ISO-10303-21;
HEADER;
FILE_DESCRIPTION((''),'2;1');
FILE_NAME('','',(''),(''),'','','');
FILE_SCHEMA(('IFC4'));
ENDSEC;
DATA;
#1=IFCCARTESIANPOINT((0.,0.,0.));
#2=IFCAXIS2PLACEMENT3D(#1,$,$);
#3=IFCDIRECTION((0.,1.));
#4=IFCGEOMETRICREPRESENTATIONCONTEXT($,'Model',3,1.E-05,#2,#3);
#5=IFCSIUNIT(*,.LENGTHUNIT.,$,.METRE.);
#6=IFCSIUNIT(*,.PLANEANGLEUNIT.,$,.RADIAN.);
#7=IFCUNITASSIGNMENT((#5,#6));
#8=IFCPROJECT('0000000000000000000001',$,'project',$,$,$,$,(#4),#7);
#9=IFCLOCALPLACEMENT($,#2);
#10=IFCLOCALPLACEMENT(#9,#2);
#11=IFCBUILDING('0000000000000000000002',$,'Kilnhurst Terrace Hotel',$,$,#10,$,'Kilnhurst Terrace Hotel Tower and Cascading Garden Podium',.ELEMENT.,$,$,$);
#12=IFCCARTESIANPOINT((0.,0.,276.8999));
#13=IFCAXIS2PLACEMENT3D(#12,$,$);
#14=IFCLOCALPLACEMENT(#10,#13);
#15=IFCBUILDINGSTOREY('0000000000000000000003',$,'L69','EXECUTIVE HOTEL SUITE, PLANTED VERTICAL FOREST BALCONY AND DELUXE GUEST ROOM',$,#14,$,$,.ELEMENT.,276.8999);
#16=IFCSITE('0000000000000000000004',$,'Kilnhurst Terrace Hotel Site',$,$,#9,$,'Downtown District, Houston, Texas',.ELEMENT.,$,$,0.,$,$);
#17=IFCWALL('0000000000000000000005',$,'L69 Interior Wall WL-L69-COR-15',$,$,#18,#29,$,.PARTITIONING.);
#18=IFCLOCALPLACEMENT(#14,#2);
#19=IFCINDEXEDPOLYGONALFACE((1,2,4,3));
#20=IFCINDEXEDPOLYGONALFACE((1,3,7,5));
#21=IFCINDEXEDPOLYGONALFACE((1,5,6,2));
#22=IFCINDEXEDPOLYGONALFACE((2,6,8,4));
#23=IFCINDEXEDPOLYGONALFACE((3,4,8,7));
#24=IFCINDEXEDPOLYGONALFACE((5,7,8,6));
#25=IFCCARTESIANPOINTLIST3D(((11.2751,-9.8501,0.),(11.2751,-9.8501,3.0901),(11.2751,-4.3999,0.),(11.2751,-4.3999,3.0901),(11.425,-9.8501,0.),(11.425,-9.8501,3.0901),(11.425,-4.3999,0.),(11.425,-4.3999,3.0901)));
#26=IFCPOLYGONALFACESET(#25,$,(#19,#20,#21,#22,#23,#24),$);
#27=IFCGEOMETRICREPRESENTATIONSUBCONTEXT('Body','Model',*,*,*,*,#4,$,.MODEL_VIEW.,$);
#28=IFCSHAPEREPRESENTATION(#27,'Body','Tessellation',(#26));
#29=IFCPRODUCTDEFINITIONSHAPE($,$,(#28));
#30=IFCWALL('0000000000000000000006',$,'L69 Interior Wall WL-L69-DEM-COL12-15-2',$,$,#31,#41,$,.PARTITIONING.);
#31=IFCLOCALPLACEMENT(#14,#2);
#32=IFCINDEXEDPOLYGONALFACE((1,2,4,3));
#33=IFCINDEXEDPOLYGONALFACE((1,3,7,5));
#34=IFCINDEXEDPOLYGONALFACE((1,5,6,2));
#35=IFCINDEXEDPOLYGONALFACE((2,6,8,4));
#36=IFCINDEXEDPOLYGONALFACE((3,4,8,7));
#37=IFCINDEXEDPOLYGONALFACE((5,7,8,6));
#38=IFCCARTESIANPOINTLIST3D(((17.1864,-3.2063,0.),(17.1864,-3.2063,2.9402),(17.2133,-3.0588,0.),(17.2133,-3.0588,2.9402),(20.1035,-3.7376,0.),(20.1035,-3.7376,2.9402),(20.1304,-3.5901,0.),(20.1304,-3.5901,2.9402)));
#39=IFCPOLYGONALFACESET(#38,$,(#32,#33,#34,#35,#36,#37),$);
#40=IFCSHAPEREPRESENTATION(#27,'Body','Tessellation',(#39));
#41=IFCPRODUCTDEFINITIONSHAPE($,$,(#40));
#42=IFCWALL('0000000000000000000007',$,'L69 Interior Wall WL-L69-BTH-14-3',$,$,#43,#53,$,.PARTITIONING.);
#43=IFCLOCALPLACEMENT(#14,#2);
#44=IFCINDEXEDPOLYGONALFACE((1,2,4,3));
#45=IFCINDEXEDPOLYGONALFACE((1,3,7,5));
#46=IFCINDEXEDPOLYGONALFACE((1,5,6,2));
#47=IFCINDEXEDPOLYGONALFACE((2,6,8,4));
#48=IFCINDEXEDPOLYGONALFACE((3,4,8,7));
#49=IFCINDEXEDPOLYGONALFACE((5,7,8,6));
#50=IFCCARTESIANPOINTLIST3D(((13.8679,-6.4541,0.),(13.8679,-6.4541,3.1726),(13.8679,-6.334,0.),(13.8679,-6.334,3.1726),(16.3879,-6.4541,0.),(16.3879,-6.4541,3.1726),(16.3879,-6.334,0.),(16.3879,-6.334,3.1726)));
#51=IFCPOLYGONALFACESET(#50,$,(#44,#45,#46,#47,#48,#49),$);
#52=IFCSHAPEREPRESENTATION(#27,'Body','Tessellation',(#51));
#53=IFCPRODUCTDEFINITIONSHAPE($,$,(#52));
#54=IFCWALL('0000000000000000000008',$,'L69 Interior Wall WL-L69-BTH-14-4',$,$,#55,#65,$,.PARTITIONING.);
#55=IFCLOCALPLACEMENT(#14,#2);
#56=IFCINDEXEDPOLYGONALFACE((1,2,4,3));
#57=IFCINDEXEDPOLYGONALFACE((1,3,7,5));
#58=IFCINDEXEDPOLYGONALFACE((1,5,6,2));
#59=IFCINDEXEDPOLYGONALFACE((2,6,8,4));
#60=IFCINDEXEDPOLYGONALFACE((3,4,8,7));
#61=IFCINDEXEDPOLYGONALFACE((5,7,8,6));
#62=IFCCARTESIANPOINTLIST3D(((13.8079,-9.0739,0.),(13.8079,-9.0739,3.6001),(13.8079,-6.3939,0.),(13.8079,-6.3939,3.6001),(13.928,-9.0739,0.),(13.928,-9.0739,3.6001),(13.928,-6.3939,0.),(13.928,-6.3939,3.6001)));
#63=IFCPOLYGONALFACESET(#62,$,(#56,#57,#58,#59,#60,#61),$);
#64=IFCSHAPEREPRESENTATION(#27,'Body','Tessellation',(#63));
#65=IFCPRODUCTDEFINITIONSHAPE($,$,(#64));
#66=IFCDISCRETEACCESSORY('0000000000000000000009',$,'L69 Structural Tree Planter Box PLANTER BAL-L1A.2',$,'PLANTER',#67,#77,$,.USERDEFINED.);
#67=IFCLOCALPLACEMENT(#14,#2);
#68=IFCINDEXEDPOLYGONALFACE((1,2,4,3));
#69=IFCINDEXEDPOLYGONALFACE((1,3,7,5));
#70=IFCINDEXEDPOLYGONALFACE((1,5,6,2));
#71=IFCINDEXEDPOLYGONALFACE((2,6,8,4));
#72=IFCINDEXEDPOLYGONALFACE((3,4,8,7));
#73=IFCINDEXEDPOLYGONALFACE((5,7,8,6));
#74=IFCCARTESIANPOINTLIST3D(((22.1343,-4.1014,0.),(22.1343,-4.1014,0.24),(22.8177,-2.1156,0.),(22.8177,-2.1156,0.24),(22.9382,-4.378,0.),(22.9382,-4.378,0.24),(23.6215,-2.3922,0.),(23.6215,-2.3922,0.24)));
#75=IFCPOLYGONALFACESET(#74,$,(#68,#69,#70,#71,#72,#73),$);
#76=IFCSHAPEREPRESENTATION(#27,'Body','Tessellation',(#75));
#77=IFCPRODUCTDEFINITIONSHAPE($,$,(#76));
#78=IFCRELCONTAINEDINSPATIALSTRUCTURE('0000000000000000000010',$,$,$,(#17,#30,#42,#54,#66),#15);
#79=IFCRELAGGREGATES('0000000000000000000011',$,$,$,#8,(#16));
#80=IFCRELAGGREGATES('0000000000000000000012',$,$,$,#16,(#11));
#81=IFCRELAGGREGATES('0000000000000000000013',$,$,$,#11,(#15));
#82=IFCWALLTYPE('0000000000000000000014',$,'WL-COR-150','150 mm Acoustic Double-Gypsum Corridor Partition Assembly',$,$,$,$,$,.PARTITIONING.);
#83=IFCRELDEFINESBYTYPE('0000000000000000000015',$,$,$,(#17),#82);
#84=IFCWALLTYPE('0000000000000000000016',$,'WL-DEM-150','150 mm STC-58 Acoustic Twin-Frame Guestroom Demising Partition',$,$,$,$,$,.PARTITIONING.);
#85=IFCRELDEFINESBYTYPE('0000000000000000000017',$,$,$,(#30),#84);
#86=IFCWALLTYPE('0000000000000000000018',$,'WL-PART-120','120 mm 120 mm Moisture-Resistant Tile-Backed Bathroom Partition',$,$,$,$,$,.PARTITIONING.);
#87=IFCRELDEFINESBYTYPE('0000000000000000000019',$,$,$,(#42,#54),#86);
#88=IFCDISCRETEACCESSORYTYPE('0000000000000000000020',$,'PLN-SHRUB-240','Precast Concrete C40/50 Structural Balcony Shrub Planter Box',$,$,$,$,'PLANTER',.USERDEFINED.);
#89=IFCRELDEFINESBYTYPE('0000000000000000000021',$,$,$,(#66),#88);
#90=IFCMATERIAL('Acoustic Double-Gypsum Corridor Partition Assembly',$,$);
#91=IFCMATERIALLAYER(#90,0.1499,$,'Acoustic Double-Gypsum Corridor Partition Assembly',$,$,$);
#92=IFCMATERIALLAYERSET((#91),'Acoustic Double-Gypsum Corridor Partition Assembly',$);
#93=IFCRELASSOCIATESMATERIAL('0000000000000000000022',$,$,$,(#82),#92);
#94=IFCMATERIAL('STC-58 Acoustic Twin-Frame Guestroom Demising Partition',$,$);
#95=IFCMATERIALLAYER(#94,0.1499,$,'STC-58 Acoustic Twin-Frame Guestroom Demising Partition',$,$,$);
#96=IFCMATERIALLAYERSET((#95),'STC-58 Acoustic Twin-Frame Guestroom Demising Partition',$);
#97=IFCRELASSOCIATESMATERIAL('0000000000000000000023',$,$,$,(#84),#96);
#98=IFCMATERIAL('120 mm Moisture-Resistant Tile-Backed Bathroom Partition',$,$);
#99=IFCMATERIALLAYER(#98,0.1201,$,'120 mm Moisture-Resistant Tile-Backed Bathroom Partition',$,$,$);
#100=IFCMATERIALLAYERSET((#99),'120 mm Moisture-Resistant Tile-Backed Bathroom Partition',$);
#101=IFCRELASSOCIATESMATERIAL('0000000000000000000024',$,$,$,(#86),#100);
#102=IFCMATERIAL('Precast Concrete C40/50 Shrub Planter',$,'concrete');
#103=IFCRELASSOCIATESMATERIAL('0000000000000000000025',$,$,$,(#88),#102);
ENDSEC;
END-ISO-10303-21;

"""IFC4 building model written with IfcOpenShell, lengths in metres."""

from ifc_helpers import new_model, si_unit, direction, frame, frame_2d, origin, origin_2d, place, context, subcontext, project, spatial, rectangle, extrude, material, layer, layer_set, type_object, element, save


model = new_model("IFC4")

# Units and contexts
model_context = context("Model", 3, precision=1e-05, world=origin(), true_north=direction((0.0, 1.0)))
body_context = subcontext(model_context, "Body", "Model", "MODEL_VIEW")
ifc_project = project(units=[si_unit("LENGTHUNIT", "METRE"), si_unit("PLANEANGLEUNIT", "RADIAN")], contexts=[model_context])

# Site, building, storey
site_placement = place(None, origin())
site = spatial("IfcSite", under=ifc_project, at=site_placement, Name="Kilnhurst Terrace Hotel Site", LongName="Downtown District, Houston, Texas", CompositionType="ELEMENT", RefElevation=0.0)
building_placement = place(site_placement, origin())
building = spatial("IfcBuilding", under=site, at=building_placement, Name="Kilnhurst Terrace Hotel", LongName="Kilnhurst Terrace Hotel Tower and Cascading Garden Podium", CompositionType="ELEMENT")
storey_placement = place(building_placement, frame((0.0, 0.0, 276.8999)))
storey = spatial("IfcBuildingStorey", under=building, at=storey_placement, Name="L69", Description="EXECUTIVE HOTEL SUITE, PLANTED VERTICAL FOREST BALCONY AND DELUXE GUEST ROOM", CompositionType="ELEMENT", Elevation=276.8999)

# Shared definitions
ifc_material_1 = material(Name="Acoustic Double-Gypsum Corridor Partition Assembly")
ifc_layer_1 = layer(ifc_material_1, 0.1499, Name="Acoustic Double-Gypsum Corridor Partition Assembly")
ifc_layer_set_1 = layer_set([ifc_layer_1], Name="Acoustic Double-Gypsum Corridor Partition Assembly")
wall_type_1 = type_object("IfcWallType", Name="WL-COR-150", Description="150 mm Acoustic Double-Gypsum Corridor Partition Assembly", PredefinedType="PARTITIONING", material=ifc_layer_set_1)

# Wall
wall_1_placement = place(storey_placement, frame((11.3501, -4.3999, 0.0), z_axis=(0.0, 0.0, 1.0), x_axis=(0.0, -1.0, 0.0)))
element("IfcWall", 1, at=wall_1_placement, inside=storey, type_object=wall_type_1, Name="L69 Interior Wall WL-L69-COR-15", PredefinedType="PARTITIONING", context=body_context, shape_type="SweptSolid", body=[
    extrude(rectangle(XDim=5.4502, YDim=0.1499, at=frame_2d((2.7251, 0.0))), origin(), (0.0, 0.0, 1.0), 3.0901),
])

# Walls
ifc_material_2 = material(Name="STC-58 Acoustic Twin-Frame Guestroom Demising Partition")
ifc_layer_2 = layer(ifc_material_2, 0.1499, Name="STC-58 Acoustic Twin-Frame Guestroom Demising Partition")
ifc_layer_set_2 = layer_set([ifc_layer_2], Name="STC-58 Acoustic Twin-Frame Guestroom Demising Partition")
wall_type_2 = type_object("IfcWallType", Name="WL-DEM-150", Description="150 mm STC-58 Acoustic Twin-Frame Guestroom Demising Partition", PredefinedType="PARTITIONING", material=ifc_layer_set_2)
wall_2_placement = place(storey_placement, frame((17.2, -3.1326, 0.0), z_axis=(0.0, 0.0, 1.0), x_axis=(0.983817, -0.179175, 0.0)))
element("IfcWall", 2, at=wall_2_placement, inside=storey, type_object=wall_type_2, Name="L69 Interior Wall WL-L69-DEM-COL12-15-2", PredefinedType="PARTITIONING", context=body_context, shape_type="SweptSolid", body=[
    extrude(rectangle(XDim=2.9651, YDim=0.1499, at=frame_2d((1.4824, 0.0))), origin(), (0.0, 0.0, 1.0), 2.9402),
])
ifc_material_3 = material(Name="120 mm Moisture-Resistant Tile-Backed Bathroom Partition")
ifc_layer_3 = layer(ifc_material_3, 0.1201, Name="120 mm Moisture-Resistant Tile-Backed Bathroom Partition")
ifc_layer_set_3 = layer_set([ifc_layer_3], Name="120 mm Moisture-Resistant Tile-Backed Bathroom Partition")
wall_type_3 = type_object("IfcWallType", Name="WL-PART-120", Description="120 mm 120 mm Moisture-Resistant Tile-Backed Bathroom Partition", PredefinedType="PARTITIONING", material=ifc_layer_set_3)
wall_3_placement = place(storey_placement, frame((16.3879, -6.394, 0.0), z_axis=(0.0, 0.0, 1.0), x_axis=(-1.0, 0.0, 0.0)))
element("IfcWall", 3, at=wall_3_placement, inside=storey, type_object=wall_type_3, Name="L69 Interior Wall WL-L69-BTH-14-3", PredefinedType="PARTITIONING", context=body_context, shape_type="SweptSolid", body=[
    extrude(rectangle(XDim=2.52, YDim=0.1201, at=frame_2d((1.26, 0.0))), origin(), (0.0, 0.0, 1.0), 3.1726),
])
wall_4_placement = place(storey_placement, frame((13.8679, -6.394, 0.0), z_axis=(0.0, 0.0, 1.0), x_axis=(0.0, -1.0, 0.0)))
element("IfcWall", 4, at=wall_4_placement, inside=storey, type_object=wall_type_3, Name="L69 Interior Wall WL-L69-BTH-14-4", PredefinedType="PARTITIONING", context=body_context, shape_type="SweptSolid", body=[
    extrude(rectangle(XDim=2.6799, YDim=0.1201, at=frame_2d((1.3398, 0.0))), origin(), (0.0, 0.0, 1.0), 3.6001),
])

# Discrete accessory
ifc_material_4 = material(Name="Precast Concrete C40/50 Shrub Planter", Category="concrete")
discrete_accessory_type = type_object("IfcDiscreteAccessoryType", Name="PLN-SHRUB-240", Description="Precast Concrete C40/50 Structural Balcony Shrub Planter Box", ElementType="PLANTER", PredefinedType="USERDEFINED", material=ifc_material_4)
discrete_accessory_placement = place(storey_placement, frame((22.8779, -3.2468, 0.0), z_axis=(0.0, 0.0, 1.0), x_axis=(0.325403, 0.945575, 0.0)))
element("IfcDiscreteAccessory", 5, at=discrete_accessory_placement, inside=storey, type_object=discrete_accessory_type, Name="L69 Structural Tree Planter Box PLANTER BAL-L1A.2", ObjectType="PLANTER", PredefinedType="USERDEFINED", context=body_context, shape_type="SweptSolid", body=[
    extrude(rectangle(XDim=2.1001, YDim=0.8501, at=origin_2d()), origin(), (0.0, 0.0, 1.0), 0.24),
])

save(model, "model.ifc")
